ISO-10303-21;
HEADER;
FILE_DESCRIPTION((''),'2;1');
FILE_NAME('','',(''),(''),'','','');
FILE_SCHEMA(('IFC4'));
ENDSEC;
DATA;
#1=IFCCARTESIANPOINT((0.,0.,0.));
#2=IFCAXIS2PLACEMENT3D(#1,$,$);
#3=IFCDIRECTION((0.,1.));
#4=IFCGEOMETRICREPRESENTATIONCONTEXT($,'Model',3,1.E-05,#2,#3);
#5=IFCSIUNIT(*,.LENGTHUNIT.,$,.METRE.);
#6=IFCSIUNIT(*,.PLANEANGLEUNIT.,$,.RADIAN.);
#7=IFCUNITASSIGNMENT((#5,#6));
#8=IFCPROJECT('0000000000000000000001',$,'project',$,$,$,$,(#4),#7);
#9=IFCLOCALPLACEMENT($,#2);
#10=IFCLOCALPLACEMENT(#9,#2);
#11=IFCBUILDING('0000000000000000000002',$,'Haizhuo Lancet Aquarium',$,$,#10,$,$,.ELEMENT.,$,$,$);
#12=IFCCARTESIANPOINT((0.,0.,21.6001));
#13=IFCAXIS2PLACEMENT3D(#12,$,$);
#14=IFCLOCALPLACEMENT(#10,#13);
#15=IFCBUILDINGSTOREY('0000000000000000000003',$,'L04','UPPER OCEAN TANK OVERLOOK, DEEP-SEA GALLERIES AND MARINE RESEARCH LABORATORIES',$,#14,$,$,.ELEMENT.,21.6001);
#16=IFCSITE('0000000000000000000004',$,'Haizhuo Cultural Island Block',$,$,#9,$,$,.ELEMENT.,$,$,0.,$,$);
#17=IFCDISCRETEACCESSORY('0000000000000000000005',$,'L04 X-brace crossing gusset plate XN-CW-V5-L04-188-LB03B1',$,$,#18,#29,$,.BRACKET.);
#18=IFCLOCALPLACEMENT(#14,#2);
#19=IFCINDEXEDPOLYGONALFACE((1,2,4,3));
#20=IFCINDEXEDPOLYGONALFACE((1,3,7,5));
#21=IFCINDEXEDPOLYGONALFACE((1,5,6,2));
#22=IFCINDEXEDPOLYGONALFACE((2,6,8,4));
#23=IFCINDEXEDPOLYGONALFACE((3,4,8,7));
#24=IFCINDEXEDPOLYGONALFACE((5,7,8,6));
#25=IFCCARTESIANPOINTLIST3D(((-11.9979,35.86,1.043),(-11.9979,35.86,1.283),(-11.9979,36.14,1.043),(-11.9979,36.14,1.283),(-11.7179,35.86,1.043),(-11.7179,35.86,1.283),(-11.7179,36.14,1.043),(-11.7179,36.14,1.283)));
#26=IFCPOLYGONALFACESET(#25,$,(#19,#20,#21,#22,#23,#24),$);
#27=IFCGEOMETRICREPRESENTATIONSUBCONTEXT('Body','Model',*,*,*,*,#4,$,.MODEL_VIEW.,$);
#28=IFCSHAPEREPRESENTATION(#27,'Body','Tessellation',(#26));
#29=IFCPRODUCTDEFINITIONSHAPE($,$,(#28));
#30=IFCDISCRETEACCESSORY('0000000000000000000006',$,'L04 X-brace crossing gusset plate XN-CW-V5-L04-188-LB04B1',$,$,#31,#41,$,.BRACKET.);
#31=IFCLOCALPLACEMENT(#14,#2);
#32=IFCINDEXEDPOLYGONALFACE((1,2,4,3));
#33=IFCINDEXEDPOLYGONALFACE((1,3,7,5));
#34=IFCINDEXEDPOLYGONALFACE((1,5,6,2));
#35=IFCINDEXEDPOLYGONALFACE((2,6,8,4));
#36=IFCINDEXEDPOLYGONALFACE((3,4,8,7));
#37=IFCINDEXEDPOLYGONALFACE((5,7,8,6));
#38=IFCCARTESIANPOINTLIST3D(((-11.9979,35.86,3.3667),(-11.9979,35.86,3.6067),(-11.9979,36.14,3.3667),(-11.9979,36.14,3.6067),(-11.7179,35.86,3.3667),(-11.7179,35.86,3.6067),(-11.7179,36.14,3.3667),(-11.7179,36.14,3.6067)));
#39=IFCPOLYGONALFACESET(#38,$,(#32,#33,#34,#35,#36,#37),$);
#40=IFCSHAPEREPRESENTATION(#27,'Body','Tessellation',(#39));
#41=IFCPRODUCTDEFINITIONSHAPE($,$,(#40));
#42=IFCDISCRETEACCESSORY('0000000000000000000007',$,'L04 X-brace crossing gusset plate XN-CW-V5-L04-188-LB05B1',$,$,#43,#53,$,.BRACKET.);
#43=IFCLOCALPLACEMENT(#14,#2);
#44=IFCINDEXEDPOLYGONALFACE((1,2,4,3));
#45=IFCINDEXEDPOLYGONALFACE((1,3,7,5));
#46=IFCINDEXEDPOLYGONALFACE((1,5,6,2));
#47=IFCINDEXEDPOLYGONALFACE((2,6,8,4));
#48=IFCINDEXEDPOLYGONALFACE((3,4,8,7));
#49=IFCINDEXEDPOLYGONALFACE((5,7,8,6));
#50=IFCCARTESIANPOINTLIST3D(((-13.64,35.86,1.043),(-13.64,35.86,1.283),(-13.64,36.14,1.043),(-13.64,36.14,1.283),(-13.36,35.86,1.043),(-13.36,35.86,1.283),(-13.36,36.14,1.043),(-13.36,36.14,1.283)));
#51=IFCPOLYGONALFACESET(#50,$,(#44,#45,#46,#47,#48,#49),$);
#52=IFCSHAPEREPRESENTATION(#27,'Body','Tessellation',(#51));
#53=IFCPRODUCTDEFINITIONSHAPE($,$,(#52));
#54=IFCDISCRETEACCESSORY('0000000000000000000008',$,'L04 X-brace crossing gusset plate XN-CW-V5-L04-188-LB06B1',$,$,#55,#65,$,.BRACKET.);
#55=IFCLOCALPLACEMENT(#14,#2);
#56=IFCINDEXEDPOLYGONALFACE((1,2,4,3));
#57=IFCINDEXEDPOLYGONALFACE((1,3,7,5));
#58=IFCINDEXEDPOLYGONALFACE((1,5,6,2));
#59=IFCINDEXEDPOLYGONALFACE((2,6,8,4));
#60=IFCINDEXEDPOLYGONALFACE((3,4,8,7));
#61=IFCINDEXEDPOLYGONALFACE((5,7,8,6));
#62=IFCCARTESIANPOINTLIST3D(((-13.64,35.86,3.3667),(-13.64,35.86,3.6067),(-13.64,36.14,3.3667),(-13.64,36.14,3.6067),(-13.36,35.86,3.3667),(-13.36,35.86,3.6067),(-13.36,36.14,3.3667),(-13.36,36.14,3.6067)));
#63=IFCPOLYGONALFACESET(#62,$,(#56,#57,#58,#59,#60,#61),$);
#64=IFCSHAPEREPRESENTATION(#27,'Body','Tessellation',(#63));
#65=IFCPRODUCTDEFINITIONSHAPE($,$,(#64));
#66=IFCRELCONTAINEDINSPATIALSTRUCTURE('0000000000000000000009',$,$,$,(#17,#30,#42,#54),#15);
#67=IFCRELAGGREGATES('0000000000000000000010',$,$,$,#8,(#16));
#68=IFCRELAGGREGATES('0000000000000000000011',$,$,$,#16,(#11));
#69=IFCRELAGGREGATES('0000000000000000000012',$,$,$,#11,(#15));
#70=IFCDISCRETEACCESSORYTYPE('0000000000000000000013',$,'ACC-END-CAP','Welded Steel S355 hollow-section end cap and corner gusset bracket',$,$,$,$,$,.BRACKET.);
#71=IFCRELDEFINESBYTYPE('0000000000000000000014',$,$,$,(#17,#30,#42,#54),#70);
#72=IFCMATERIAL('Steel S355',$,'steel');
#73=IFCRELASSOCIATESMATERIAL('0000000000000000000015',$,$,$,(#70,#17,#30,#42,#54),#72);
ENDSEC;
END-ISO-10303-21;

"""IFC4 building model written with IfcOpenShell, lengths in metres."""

from ifc_helpers import new_model, si_unit, direction, frame, origin, origin_2d, place, context, subcontext, project, spatial, rectangle, extrude, material, type_object, element, save


model = new_model("IFC4")

# Units and contexts
model_context = context("Model", 3, precision=1e-05, world=origin(), true_north=direction((0.0, 1.0)))
body_context = subcontext(model_context, "Body", "Model", "MODEL_VIEW")
ifc_project = project(units=[si_unit("LENGTHUNIT", "METRE"), si_unit("PLANEANGLEUNIT", "RADIAN")], contexts=[model_context])

# Site, building, storey
site_placement = place(None, origin())
site = spatial("IfcSite", under=ifc_project, at=site_placement, Name="Haizhuo Cultural Island Block", CompositionType="ELEMENT", RefElevation=0.0)
building_placement = place(site_placement, origin())
building = spatial("IfcBuilding", under=site, at=building_placement, Name="Haizhuo Lancet Aquarium", CompositionType="ELEMENT")
storey_placement = place(building_placement, frame((0.0, 0.0, 21.6001)))
storey = spatial("IfcBuildingStorey", under=building, at=storey_placement, Name="L04", Description="UPPER OCEAN TANK OVERLOOK, DEEP-SEA GALLERIES AND MARINE RESEARCH LABORATORIES", CompositionType="ELEMENT", Elevation=21.6001)

# Shared definitions
ifc_material_1 = material(Name="Steel S355", Category="steel")

# Discrete accessories
discrete_accessory_type = type_object("IfcDiscreteAccessoryType", Name="ACC-END-CAP", Description="Welded Steel S355 hollow-section end cap and corner gusset bracket", PredefinedType="BRACKET", material=ifc_material_1)
for number, where, z_axis, x_axis, name in (
    (1, (-11.8579, 36.0, 1.043), (0.0, 0.0, 1.0), (1.0, 0.0, 0.0), "L04 X-brace crossing gusset plate XN-CW-V5-L04-188-LB03B1"),
    (2, (-11.8579, 36.0, 3.3667), (0.0, 0.0, 1.0), (1.0, 0.0, 0.0), "L04 X-brace crossing gusset plate XN-CW-V5-L04-188-LB04B1"),
    (3, (-13.5, 36.0, 1.043), (0.0, 0.0, 1.0), (1.0, 0.0, 0.0), "L04 X-brace crossing gusset plate XN-CW-V5-L04-188-LB05B1"),
    (4, (-13.5, 36.0, 3.3667), (0.0, 0.0, 1.0), (1.0, 0.0, 0.0), "L04 X-brace crossing gusset plate XN-CW-V5-L04-188-LB06B1"),
):
    element("IfcDiscreteAccessory", number, at=place(storey_placement, frame(where, z_axis=z_axis, x_axis=x_axis)), inside=storey, type_object=discrete_accessory_type, material=ifc_material_1, Name=name, PredefinedType="BRACKET", context=body_context, shape_type="SweptSolid", body=[
        extrude(rectangle(XDim=0.28, YDim=0.28, at=origin_2d()), origin(), (0.0, 0.0, 1.0), 0.24),
    ])

save(model, "model.ifc")
